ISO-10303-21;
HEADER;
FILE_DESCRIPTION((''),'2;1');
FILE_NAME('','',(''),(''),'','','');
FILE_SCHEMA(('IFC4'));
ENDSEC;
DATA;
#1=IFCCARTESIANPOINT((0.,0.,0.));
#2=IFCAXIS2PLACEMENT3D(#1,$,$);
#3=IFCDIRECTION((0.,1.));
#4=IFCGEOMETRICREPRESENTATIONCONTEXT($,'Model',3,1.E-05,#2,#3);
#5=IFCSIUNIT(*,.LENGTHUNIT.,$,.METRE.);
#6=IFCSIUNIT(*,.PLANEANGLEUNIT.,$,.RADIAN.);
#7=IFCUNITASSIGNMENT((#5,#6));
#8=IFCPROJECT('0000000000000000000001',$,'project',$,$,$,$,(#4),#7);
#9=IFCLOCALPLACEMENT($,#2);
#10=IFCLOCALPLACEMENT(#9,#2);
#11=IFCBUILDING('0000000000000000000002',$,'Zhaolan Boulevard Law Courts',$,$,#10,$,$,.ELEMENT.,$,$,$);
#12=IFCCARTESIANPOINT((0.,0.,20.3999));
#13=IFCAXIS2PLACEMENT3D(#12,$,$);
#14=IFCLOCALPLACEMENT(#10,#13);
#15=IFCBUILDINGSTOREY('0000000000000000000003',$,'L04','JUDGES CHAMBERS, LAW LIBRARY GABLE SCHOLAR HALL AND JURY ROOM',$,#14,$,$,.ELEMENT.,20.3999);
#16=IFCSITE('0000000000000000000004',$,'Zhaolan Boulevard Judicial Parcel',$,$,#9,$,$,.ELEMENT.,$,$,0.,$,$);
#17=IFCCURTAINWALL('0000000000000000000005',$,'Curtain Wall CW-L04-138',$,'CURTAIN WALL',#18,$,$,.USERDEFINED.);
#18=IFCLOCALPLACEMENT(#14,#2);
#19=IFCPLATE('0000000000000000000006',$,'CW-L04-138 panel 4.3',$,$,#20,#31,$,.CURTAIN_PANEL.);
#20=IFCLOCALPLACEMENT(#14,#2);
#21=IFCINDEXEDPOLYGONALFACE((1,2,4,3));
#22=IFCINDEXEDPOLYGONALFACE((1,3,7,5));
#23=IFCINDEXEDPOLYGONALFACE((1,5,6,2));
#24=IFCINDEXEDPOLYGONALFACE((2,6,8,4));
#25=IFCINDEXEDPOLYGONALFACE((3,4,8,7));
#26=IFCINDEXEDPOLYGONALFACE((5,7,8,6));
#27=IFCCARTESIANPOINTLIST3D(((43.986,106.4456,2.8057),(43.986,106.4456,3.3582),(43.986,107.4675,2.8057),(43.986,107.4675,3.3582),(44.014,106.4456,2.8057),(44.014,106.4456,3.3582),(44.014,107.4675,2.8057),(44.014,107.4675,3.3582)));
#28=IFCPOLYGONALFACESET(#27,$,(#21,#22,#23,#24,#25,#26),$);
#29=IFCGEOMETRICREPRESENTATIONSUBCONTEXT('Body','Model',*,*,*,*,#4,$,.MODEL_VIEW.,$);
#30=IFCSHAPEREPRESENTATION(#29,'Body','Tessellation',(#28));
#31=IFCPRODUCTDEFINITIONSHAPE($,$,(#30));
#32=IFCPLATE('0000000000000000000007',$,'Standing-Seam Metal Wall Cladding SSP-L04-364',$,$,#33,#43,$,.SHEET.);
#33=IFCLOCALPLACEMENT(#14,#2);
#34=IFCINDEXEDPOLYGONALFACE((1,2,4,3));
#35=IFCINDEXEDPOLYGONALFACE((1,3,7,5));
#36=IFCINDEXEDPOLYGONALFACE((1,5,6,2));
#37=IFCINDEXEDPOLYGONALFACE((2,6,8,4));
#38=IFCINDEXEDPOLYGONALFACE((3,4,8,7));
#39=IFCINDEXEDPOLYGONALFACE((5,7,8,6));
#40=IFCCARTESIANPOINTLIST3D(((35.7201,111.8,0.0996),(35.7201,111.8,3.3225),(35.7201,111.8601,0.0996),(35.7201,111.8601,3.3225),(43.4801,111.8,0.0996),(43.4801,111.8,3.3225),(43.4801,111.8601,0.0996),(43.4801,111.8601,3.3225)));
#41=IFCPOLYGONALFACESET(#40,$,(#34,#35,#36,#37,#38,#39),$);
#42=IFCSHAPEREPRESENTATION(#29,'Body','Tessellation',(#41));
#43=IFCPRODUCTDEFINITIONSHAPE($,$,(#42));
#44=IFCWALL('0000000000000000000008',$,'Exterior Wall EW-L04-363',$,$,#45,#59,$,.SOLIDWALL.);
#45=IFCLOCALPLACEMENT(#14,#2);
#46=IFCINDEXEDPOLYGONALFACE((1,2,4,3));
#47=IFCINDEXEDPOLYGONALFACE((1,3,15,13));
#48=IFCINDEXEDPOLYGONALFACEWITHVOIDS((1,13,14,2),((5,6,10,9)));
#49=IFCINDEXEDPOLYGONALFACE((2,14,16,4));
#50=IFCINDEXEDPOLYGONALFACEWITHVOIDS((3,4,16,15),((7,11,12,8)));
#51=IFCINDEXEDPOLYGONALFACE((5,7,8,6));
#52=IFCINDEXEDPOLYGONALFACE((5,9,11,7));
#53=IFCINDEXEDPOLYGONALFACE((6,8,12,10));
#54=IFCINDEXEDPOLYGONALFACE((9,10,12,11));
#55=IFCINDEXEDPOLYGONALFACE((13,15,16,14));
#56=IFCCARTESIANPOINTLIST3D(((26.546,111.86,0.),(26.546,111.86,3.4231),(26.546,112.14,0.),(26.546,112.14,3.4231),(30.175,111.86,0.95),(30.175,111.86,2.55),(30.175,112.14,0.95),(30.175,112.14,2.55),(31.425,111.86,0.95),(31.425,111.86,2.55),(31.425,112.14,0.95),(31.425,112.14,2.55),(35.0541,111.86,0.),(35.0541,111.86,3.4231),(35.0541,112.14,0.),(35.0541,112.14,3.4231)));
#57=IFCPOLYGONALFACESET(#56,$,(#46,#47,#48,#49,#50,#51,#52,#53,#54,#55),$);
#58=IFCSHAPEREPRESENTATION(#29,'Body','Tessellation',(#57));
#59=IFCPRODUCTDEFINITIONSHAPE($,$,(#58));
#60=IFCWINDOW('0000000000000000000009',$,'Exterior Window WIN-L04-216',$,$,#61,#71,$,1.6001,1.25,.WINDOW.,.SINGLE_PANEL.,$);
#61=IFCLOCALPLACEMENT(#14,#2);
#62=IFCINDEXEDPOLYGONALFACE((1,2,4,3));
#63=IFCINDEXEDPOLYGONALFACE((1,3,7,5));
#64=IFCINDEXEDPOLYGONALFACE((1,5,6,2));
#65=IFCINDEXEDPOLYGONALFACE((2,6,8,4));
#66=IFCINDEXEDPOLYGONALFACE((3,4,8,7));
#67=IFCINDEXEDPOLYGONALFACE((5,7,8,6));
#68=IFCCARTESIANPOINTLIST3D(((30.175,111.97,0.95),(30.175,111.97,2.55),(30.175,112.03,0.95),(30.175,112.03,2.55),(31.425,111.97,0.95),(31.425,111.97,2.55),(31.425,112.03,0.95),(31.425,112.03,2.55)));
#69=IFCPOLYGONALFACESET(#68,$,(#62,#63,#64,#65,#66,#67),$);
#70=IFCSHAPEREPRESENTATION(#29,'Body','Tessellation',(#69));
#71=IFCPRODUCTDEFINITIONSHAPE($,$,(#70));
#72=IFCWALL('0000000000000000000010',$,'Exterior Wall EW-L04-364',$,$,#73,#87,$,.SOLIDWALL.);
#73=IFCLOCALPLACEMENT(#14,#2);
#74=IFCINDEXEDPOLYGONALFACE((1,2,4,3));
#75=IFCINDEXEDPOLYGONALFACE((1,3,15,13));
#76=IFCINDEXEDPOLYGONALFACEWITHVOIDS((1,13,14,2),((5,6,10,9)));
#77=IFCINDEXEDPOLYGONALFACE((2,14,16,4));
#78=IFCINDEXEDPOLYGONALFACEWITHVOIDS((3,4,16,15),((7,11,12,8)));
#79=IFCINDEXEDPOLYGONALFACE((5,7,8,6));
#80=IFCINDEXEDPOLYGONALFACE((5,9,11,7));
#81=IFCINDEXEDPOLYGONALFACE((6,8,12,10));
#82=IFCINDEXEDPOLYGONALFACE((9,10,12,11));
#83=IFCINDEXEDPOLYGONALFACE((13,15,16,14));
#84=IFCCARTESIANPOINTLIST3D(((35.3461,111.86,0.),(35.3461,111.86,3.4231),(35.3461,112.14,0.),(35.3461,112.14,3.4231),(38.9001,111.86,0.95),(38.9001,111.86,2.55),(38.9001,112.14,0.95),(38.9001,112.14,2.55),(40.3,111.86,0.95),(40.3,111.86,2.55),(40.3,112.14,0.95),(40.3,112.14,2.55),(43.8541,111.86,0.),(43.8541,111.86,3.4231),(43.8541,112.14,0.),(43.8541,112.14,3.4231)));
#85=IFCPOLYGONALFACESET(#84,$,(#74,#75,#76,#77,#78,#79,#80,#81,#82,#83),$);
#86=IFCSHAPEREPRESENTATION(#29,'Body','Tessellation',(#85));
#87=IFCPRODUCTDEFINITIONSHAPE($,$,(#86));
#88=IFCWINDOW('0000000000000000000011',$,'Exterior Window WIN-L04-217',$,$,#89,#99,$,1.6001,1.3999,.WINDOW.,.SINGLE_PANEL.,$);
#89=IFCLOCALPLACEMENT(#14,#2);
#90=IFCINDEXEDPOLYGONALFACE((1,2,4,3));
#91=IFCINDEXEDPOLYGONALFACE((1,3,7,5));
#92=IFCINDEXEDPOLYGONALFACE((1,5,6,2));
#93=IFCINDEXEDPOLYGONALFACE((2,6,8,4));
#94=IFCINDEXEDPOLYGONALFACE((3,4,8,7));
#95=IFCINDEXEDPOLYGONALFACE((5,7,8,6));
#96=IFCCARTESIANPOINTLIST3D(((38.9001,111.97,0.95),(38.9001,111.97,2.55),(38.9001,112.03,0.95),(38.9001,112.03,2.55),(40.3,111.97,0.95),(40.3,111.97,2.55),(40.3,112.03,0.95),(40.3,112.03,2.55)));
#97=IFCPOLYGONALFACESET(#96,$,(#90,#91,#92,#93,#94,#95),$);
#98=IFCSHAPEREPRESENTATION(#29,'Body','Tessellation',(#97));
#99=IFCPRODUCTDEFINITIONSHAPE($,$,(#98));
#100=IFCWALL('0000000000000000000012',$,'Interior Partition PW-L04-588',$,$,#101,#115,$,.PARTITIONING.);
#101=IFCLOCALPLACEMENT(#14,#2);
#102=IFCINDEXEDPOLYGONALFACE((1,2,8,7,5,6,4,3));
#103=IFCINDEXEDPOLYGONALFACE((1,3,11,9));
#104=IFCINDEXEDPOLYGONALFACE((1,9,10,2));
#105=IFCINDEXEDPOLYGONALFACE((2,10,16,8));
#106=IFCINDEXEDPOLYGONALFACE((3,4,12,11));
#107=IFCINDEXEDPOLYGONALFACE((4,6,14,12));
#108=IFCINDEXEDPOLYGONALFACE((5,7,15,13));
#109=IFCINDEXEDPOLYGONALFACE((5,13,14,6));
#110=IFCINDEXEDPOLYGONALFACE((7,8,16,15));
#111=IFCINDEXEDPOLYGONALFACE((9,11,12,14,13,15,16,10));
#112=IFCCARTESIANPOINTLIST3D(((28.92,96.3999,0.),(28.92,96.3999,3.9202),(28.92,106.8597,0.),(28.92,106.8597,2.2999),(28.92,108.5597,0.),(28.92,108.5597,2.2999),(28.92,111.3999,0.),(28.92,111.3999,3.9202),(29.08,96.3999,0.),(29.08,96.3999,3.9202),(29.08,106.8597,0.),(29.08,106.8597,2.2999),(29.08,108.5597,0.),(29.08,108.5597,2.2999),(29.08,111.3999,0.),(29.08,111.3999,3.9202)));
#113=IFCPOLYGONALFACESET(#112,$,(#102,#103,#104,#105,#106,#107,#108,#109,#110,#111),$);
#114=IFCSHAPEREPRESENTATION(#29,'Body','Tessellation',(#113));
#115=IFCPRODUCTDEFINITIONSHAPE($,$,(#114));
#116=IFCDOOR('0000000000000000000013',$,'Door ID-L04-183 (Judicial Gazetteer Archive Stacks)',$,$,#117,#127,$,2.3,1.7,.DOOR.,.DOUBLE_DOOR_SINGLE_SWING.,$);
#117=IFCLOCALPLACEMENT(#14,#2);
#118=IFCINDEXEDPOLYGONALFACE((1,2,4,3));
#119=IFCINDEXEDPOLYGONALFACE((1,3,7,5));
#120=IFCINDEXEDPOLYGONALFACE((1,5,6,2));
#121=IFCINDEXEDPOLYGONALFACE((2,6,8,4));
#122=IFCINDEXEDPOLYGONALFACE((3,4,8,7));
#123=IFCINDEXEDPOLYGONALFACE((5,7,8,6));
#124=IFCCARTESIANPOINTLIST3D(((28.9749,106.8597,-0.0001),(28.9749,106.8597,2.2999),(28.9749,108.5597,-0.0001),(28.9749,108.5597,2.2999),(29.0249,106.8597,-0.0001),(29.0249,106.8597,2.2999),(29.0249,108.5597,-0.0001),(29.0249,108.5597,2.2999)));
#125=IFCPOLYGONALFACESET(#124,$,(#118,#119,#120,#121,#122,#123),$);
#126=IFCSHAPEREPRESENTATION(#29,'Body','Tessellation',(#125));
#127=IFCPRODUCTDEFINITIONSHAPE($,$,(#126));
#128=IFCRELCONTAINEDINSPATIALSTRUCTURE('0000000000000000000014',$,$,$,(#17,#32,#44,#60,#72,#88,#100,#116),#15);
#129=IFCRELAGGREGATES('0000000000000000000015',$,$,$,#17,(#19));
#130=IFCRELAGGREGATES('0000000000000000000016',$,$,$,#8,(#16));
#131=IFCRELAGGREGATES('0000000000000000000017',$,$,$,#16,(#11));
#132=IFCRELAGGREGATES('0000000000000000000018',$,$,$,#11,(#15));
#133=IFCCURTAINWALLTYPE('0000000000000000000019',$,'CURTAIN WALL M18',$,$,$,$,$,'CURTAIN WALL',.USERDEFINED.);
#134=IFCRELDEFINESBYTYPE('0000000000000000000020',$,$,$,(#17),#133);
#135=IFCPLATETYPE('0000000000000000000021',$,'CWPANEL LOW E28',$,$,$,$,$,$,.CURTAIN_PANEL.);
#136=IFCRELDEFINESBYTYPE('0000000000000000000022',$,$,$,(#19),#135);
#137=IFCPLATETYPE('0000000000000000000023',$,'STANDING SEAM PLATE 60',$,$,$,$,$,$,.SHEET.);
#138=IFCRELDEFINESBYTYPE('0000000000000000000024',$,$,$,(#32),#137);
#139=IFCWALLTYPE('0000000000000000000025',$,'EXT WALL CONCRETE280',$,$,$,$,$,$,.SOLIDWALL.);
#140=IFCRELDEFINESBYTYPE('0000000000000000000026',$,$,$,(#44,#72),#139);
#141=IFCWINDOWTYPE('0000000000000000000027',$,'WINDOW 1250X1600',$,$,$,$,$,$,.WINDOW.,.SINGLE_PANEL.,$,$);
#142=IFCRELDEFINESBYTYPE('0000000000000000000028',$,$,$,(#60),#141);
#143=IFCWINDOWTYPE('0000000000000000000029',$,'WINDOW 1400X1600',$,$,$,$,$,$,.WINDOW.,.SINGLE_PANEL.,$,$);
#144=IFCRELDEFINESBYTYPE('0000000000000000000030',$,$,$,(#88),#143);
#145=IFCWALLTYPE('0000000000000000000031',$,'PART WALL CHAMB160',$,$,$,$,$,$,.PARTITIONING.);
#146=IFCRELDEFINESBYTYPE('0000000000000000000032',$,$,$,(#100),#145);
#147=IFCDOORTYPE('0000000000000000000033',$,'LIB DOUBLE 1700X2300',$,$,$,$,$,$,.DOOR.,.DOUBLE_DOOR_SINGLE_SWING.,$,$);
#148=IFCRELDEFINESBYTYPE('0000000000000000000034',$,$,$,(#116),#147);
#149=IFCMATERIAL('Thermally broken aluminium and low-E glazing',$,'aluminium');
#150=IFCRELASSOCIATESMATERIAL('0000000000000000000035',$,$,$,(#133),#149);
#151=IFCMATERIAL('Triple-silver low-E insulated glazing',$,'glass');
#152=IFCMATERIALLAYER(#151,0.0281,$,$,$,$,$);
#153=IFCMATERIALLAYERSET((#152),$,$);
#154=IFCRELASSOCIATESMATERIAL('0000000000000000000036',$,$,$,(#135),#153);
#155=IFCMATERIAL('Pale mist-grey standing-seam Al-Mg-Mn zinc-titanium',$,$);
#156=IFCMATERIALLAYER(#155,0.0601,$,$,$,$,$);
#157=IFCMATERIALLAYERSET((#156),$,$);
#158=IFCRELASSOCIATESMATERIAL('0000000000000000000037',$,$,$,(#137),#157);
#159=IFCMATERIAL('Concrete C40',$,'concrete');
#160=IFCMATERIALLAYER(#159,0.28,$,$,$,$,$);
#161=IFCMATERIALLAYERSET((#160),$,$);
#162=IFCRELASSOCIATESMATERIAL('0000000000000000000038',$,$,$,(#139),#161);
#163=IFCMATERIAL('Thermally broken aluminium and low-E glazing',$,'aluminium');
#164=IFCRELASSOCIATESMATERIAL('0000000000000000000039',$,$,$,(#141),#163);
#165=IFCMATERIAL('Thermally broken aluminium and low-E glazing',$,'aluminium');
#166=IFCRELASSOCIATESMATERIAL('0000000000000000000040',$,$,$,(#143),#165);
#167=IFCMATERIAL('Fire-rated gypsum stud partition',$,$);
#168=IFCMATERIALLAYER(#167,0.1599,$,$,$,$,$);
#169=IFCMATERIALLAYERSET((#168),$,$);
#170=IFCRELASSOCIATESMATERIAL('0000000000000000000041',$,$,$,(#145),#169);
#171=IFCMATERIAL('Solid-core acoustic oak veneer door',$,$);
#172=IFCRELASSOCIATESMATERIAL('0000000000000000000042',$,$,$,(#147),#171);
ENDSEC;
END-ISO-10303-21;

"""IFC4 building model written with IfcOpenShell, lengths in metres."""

from ifc_helpers import new_model, si_unit, direction, frame, frame_2d, origin, origin_2d, place, context, subcontext, project, spatial, rectangle, extrude, material, layer, layer_set, type_object, element, fill, aggregate, save


model = new_model("IFC4")

# Units and contexts
model_context = context("Model", 3, precision=1e-05, world=origin(), true_north=direction((0.0, 1.0)))
body_context = subcontext(model_context, "Body", "Model", "MODEL_VIEW")
ifc_project = project(units=[si_unit("LENGTHUNIT", "METRE"), si_unit("PLANEANGLEUNIT", "RADIAN")], contexts=[model_context])

# Site, building, storey
site_placement = place(None, origin())
site = spatial("IfcSite", under=ifc_project, at=site_placement, Name="Zhaolan Boulevard Judicial Parcel", CompositionType="ELEMENT", RefElevation=0.0)
building_placement = place(site_placement, origin())
building = spatial("IfcBuilding", under=site, at=building_placement, Name="Zhaolan Boulevard Law Courts", CompositionType="ELEMENT")
storey_placement = place(building_placement, frame((0.0, 0.0, 20.3999)))
storey = spatial("IfcBuildingStorey", under=building, at=storey_placement, Name="L04", Description="JUDGES CHAMBERS, LAW LIBRARY GABLE SCHOLAR HALL AND JURY ROOM", CompositionType="ELEMENT", Elevation=20.3999)

# Curtain wall
ifc_material_1 = material(Name="Thermally broken aluminium and low-E glazing", Category="aluminium")
curtain_wall_type = type_object("IfcCurtainWallType", Name="CURTAIN WALL M18", ElementType="CURTAIN WALL", PredefinedType="USERDEFINED", material=ifc_material_1)
curtain_wall_placement = place(storey_placement, origin())
curtain_wall = element("IfcCurtainWall", 1, at=curtain_wall_placement, inside=storey, type_object=curtain_wall_type, Name="Curtain Wall CW-L04-138", ObjectType="CURTAIN WALL", PredefinedType="USERDEFINED")

# Plates
ifc_material_2 = material(Name="Triple-silver low-E insulated glazing", Category="glass")
ifc_layer_1 = layer(ifc_material_2, 0.0281)
ifc_layer_set_1 = layer_set([ifc_layer_1])
plate_type_1 = type_object("IfcPlateType", Name="CWPANEL LOW E28", PredefinedType="CURTAIN_PANEL", material=ifc_layer_set_1)
plate_1_placement = place(storey_placement, frame((44.0, 106.9565, 2.8057), z_axis=(0.0, 0.0, 1.0), x_axis=(0.0, 1.0, 0.0)))
plate_1 = element("IfcPlate", 2, at=plate_1_placement, type_object=plate_type_1, Name="CW-L04-138 panel 4.3", PredefinedType="CURTAIN_PANEL", context=body_context, shape_type="SweptSolid", body=[
    extrude(rectangle(XDim=1.022, YDim=0.0281, at=origin_2d()), origin(), (0.0, 0.0, 1.0), 0.5525),
])
aggregate(curtain_wall, [plate_1])
ifc_material_3 = material(Name="Pale mist-grey standing-seam Al-Mg-Mn zinc-titanium")
ifc_layer_2 = layer(ifc_material_3, 0.0601)
ifc_layer_set_2 = layer_set([ifc_layer_2])
plate_type_2 = type_object("IfcPlateType", Name="STANDING SEAM PLATE 60", PredefinedType="SHEET", material=ifc_layer_set_2)
plate_2_placement = place(storey_placement, frame((39.6001, 111.8301, 0.0996), z_axis=(0.0, 0.0, 1.0), x_axis=(-1.0, 0.0, 0.0)))
element("IfcPlate", 3, at=plate_2_placement, inside=storey, type_object=plate_type_2, Name="Standing-Seam Metal Wall Cladding SSP-L04-364", PredefinedType="SHEET", context=body_context, shape_type="SweptSolid", body=[
    extrude(rectangle(XDim=7.76, YDim=0.0601, at=origin_2d()), origin(), (0.0, 0.0, 1.0), 3.2229),
])

# Walls, openings, windows
ifc_material_4 = material(Name="Concrete C40", Category="concrete")
ifc_layer_3 = layer(ifc_material_4, 0.28)
ifc_layer_set_3 = layer_set([ifc_layer_3])
wall_type_1 = type_object("IfcWallType", Name="EXT WALL CONCRETE280", PredefinedType="SOLIDWALL", material=ifc_layer_set_3)
wall_1_placement = place(storey_placement, frame((35.054, 112.0, 0.0), z_axis=(0.0, 0.0, 1.0), x_axis=(-1.0, 0.0, 0.0)))
wall_1 = element("IfcWall", 4, at=wall_1_placement, inside=storey, type_object=wall_type_1, Name="Exterior Wall EW-L04-363", PredefinedType="SOLIDWALL", context=body_context, shape_type="SweptSolid", body=[
    extrude(rectangle(XDim=8.5081, YDim=0.28, at=frame_2d((4.2539, 0.0))), origin(), (0.0, 0.0, 1.0), 3.4231),
])
opening_1_placement = place(wall_1_placement, frame((3.6289, 0.0, 0.95)))
opening_1 = element("IfcOpeningElement", 5, at=opening_1_placement, cuts=wall_1, PredefinedType="OPENING", context=body_context, shape_type="SweptSolid", body=[
    extrude(rectangle(XDim=1.25, YDim=1.6001, at=frame_2d((0.625, 0.8))), frame((0.0, 0.1499, 0.0), z_axis=(0.0, -1.0, 0.0), x_axis=(1.0, 0.0, 0.0)), (0.0, 0.0, 1.0), 0.3),
])
ifc_material_5 = material(Name="Thermally broken aluminium and low-E glazing", Category="aluminium")
window_type_1 = type_object("IfcWindowType", Name="WINDOW 1250X1600", PartitioningType="SINGLE_PANEL", PredefinedType="WINDOW", material=ifc_material_5)
window_1_placement = place(opening_1_placement, origin())
window_1 = element("IfcWindow", 6, at=window_1_placement, inside=storey, type_object=window_type_1, Name="Exterior Window WIN-L04-216", OverallHeight=1.6001, OverallWidth=1.25, PartitioningType="SINGLE_PANEL", PredefinedType="WINDOW", context=body_context, shape_type="SweptSolid", body=[
    extrude(rectangle(XDim=1.25, YDim=1.6001, at=frame_2d((0.625, 0.8))), frame((0.0, 0.03, 0.0), z_axis=(0.0, -1.0, 0.0), x_axis=(1.0, 0.0, 0.0)), (0.0, 0.0, 1.0), 0.0601),
])
fill(opening_1, window_1)
wall_2_placement = place(storey_placement, frame((43.854, 112.0, 0.0), z_axis=(0.0, 0.0, 1.0), x_axis=(-1.0, 0.0, 0.0)))
wall_2 = element("IfcWall", 7, at=wall_2_placement, inside=storey, type_object=wall_type_1, Name="Exterior Wall EW-L04-364", PredefinedType="SOLIDWALL", context=body_context, shape_type="SweptSolid", body=[
    extrude(rectangle(XDim=8.5081, YDim=0.28, at=frame_2d((4.2539, 0.0))), origin(), (0.0, 0.0, 1.0), 3.4231),
])
opening_2_placement = place(wall_2_placement, frame((3.554, 0.0, 0.95)))
opening_2 = element("IfcOpeningElement", 8, at=opening_2_placement, cuts=wall_2, PredefinedType="OPENING", context=body_context, shape_type="SweptSolid", body=[
    extrude(rectangle(XDim=1.3999, YDim=1.6001, at=frame_2d((0.7, 0.8))), frame((0.0, 0.1499, 0.0), z_axis=(0.0, -1.0, 0.0), x_axis=(1.0, 0.0, 0.0)), (0.0, 0.0, 1.0), 0.3),
])
ifc_material_6 = material(Name="Thermally broken aluminium and low-E glazing", Category="aluminium")
window_type_2 = type_object("IfcWindowType", Name="WINDOW 1400X1600", PartitioningType="SINGLE_PANEL", PredefinedType="WINDOW", material=ifc_material_6)
window_2_placement = place(opening_2_placement, origin())
window_2 = element("IfcWindow", 9, at=window_2_placement, inside=storey, type_object=window_type_2, Name="Exterior Window WIN-L04-217", OverallHeight=1.6001, OverallWidth=1.3999, PartitioningType="SINGLE_PANEL", PredefinedType="WINDOW", context=body_context, shape_type="SweptSolid", body=[
    extrude(rectangle(XDim=1.3999, YDim=1.6001, at=frame_2d((0.7, 0.8))), frame((0.0, 0.03, 0.0), z_axis=(0.0, -1.0, 0.0), x_axis=(1.0, 0.0, 0.0)), (0.0, 0.0, 1.0), 0.0601),
])
fill(opening_2, window_2)

# Wall, opening, door
ifc_material_7 = material(Name="Fire-rated gypsum stud partition")
ifc_layer_4 = layer(ifc_material_7, 0.1599)
ifc_layer_set_4 = layer_set([ifc_layer_4])
wall_type_2 = type_object("IfcWallType", Name="PART WALL CHAMB160", PredefinedType="PARTITIONING", material=ifc_layer_set_4)
wall_3_placement = place(storey_placement, frame((29.0, 111.3999, 0.0), z_axis=(0.0, 0.0, 1.0), x_axis=(0.0, -1.0, 0.0)))
wall_3 = element("IfcWall", 10, at=wall_3_placement, inside=storey, type_object=wall_type_2, Name="Interior Partition PW-L04-588", PredefinedType="PARTITIONING", context=body_context, shape_type="SweptSolid", body=[
    extrude(rectangle(XDim=15.0, YDim=0.1599, at=frame_2d((7.5, 0.0))), origin(), (0.0, 0.0, 1.0), 3.9202),
])
opening_3_placement = place(wall_3_placement, frame((2.8401, 0.0, 0.0)))
opening_3 = element("IfcOpeningElement", 11, at=opening_3_placement, cuts=wall_3, PredefinedType="OPENING", context=body_context, shape_type="SweptSolid", body=[
    extrude(rectangle(XDim=1.7, YDim=2.3, at=frame_2d((0.8501, 1.1499))), frame((0.0, 0.0898, 0.0), z_axis=(0.0, -1.0, 0.0), x_axis=(1.0, 0.0, 0.0)), (0.0, 0.0, 1.0), 0.1799),
])
ifc_material_8 = material(Name="Solid-core acoustic oak veneer door")
door_type = type_object("IfcDoorType", Name="LIB DOUBLE 1700X2300", OperationType="DOUBLE_DOOR_SINGLE_SWING", PredefinedType="DOOR", material=ifc_material_8)
door_placement = place(opening_3_placement, origin())
door = element("IfcDoor", 12, at=door_placement, inside=storey, type_object=door_type, Name="Door ID-L04-183 (Judicial Gazetteer Archive Stacks)", OperationType="DOUBLE_DOOR_SINGLE_SWING", OverallHeight=2.3, OverallWidth=1.7, PredefinedType="DOOR", context=body_context, shape_type="SweptSolid", body=[
    extrude(rectangle(XDim=1.7, YDim=2.3, at=frame_2d((0.8501, 1.1499))), frame((0.0, 0.0249, 0.0), z_axis=(0.0, -1.0, 0.0), x_axis=(1.0, 0.0, 0.0)), (0.0, 0.0, 1.0), 0.05),
])
fill(opening_3, door)

save(model, "model.ifc")
